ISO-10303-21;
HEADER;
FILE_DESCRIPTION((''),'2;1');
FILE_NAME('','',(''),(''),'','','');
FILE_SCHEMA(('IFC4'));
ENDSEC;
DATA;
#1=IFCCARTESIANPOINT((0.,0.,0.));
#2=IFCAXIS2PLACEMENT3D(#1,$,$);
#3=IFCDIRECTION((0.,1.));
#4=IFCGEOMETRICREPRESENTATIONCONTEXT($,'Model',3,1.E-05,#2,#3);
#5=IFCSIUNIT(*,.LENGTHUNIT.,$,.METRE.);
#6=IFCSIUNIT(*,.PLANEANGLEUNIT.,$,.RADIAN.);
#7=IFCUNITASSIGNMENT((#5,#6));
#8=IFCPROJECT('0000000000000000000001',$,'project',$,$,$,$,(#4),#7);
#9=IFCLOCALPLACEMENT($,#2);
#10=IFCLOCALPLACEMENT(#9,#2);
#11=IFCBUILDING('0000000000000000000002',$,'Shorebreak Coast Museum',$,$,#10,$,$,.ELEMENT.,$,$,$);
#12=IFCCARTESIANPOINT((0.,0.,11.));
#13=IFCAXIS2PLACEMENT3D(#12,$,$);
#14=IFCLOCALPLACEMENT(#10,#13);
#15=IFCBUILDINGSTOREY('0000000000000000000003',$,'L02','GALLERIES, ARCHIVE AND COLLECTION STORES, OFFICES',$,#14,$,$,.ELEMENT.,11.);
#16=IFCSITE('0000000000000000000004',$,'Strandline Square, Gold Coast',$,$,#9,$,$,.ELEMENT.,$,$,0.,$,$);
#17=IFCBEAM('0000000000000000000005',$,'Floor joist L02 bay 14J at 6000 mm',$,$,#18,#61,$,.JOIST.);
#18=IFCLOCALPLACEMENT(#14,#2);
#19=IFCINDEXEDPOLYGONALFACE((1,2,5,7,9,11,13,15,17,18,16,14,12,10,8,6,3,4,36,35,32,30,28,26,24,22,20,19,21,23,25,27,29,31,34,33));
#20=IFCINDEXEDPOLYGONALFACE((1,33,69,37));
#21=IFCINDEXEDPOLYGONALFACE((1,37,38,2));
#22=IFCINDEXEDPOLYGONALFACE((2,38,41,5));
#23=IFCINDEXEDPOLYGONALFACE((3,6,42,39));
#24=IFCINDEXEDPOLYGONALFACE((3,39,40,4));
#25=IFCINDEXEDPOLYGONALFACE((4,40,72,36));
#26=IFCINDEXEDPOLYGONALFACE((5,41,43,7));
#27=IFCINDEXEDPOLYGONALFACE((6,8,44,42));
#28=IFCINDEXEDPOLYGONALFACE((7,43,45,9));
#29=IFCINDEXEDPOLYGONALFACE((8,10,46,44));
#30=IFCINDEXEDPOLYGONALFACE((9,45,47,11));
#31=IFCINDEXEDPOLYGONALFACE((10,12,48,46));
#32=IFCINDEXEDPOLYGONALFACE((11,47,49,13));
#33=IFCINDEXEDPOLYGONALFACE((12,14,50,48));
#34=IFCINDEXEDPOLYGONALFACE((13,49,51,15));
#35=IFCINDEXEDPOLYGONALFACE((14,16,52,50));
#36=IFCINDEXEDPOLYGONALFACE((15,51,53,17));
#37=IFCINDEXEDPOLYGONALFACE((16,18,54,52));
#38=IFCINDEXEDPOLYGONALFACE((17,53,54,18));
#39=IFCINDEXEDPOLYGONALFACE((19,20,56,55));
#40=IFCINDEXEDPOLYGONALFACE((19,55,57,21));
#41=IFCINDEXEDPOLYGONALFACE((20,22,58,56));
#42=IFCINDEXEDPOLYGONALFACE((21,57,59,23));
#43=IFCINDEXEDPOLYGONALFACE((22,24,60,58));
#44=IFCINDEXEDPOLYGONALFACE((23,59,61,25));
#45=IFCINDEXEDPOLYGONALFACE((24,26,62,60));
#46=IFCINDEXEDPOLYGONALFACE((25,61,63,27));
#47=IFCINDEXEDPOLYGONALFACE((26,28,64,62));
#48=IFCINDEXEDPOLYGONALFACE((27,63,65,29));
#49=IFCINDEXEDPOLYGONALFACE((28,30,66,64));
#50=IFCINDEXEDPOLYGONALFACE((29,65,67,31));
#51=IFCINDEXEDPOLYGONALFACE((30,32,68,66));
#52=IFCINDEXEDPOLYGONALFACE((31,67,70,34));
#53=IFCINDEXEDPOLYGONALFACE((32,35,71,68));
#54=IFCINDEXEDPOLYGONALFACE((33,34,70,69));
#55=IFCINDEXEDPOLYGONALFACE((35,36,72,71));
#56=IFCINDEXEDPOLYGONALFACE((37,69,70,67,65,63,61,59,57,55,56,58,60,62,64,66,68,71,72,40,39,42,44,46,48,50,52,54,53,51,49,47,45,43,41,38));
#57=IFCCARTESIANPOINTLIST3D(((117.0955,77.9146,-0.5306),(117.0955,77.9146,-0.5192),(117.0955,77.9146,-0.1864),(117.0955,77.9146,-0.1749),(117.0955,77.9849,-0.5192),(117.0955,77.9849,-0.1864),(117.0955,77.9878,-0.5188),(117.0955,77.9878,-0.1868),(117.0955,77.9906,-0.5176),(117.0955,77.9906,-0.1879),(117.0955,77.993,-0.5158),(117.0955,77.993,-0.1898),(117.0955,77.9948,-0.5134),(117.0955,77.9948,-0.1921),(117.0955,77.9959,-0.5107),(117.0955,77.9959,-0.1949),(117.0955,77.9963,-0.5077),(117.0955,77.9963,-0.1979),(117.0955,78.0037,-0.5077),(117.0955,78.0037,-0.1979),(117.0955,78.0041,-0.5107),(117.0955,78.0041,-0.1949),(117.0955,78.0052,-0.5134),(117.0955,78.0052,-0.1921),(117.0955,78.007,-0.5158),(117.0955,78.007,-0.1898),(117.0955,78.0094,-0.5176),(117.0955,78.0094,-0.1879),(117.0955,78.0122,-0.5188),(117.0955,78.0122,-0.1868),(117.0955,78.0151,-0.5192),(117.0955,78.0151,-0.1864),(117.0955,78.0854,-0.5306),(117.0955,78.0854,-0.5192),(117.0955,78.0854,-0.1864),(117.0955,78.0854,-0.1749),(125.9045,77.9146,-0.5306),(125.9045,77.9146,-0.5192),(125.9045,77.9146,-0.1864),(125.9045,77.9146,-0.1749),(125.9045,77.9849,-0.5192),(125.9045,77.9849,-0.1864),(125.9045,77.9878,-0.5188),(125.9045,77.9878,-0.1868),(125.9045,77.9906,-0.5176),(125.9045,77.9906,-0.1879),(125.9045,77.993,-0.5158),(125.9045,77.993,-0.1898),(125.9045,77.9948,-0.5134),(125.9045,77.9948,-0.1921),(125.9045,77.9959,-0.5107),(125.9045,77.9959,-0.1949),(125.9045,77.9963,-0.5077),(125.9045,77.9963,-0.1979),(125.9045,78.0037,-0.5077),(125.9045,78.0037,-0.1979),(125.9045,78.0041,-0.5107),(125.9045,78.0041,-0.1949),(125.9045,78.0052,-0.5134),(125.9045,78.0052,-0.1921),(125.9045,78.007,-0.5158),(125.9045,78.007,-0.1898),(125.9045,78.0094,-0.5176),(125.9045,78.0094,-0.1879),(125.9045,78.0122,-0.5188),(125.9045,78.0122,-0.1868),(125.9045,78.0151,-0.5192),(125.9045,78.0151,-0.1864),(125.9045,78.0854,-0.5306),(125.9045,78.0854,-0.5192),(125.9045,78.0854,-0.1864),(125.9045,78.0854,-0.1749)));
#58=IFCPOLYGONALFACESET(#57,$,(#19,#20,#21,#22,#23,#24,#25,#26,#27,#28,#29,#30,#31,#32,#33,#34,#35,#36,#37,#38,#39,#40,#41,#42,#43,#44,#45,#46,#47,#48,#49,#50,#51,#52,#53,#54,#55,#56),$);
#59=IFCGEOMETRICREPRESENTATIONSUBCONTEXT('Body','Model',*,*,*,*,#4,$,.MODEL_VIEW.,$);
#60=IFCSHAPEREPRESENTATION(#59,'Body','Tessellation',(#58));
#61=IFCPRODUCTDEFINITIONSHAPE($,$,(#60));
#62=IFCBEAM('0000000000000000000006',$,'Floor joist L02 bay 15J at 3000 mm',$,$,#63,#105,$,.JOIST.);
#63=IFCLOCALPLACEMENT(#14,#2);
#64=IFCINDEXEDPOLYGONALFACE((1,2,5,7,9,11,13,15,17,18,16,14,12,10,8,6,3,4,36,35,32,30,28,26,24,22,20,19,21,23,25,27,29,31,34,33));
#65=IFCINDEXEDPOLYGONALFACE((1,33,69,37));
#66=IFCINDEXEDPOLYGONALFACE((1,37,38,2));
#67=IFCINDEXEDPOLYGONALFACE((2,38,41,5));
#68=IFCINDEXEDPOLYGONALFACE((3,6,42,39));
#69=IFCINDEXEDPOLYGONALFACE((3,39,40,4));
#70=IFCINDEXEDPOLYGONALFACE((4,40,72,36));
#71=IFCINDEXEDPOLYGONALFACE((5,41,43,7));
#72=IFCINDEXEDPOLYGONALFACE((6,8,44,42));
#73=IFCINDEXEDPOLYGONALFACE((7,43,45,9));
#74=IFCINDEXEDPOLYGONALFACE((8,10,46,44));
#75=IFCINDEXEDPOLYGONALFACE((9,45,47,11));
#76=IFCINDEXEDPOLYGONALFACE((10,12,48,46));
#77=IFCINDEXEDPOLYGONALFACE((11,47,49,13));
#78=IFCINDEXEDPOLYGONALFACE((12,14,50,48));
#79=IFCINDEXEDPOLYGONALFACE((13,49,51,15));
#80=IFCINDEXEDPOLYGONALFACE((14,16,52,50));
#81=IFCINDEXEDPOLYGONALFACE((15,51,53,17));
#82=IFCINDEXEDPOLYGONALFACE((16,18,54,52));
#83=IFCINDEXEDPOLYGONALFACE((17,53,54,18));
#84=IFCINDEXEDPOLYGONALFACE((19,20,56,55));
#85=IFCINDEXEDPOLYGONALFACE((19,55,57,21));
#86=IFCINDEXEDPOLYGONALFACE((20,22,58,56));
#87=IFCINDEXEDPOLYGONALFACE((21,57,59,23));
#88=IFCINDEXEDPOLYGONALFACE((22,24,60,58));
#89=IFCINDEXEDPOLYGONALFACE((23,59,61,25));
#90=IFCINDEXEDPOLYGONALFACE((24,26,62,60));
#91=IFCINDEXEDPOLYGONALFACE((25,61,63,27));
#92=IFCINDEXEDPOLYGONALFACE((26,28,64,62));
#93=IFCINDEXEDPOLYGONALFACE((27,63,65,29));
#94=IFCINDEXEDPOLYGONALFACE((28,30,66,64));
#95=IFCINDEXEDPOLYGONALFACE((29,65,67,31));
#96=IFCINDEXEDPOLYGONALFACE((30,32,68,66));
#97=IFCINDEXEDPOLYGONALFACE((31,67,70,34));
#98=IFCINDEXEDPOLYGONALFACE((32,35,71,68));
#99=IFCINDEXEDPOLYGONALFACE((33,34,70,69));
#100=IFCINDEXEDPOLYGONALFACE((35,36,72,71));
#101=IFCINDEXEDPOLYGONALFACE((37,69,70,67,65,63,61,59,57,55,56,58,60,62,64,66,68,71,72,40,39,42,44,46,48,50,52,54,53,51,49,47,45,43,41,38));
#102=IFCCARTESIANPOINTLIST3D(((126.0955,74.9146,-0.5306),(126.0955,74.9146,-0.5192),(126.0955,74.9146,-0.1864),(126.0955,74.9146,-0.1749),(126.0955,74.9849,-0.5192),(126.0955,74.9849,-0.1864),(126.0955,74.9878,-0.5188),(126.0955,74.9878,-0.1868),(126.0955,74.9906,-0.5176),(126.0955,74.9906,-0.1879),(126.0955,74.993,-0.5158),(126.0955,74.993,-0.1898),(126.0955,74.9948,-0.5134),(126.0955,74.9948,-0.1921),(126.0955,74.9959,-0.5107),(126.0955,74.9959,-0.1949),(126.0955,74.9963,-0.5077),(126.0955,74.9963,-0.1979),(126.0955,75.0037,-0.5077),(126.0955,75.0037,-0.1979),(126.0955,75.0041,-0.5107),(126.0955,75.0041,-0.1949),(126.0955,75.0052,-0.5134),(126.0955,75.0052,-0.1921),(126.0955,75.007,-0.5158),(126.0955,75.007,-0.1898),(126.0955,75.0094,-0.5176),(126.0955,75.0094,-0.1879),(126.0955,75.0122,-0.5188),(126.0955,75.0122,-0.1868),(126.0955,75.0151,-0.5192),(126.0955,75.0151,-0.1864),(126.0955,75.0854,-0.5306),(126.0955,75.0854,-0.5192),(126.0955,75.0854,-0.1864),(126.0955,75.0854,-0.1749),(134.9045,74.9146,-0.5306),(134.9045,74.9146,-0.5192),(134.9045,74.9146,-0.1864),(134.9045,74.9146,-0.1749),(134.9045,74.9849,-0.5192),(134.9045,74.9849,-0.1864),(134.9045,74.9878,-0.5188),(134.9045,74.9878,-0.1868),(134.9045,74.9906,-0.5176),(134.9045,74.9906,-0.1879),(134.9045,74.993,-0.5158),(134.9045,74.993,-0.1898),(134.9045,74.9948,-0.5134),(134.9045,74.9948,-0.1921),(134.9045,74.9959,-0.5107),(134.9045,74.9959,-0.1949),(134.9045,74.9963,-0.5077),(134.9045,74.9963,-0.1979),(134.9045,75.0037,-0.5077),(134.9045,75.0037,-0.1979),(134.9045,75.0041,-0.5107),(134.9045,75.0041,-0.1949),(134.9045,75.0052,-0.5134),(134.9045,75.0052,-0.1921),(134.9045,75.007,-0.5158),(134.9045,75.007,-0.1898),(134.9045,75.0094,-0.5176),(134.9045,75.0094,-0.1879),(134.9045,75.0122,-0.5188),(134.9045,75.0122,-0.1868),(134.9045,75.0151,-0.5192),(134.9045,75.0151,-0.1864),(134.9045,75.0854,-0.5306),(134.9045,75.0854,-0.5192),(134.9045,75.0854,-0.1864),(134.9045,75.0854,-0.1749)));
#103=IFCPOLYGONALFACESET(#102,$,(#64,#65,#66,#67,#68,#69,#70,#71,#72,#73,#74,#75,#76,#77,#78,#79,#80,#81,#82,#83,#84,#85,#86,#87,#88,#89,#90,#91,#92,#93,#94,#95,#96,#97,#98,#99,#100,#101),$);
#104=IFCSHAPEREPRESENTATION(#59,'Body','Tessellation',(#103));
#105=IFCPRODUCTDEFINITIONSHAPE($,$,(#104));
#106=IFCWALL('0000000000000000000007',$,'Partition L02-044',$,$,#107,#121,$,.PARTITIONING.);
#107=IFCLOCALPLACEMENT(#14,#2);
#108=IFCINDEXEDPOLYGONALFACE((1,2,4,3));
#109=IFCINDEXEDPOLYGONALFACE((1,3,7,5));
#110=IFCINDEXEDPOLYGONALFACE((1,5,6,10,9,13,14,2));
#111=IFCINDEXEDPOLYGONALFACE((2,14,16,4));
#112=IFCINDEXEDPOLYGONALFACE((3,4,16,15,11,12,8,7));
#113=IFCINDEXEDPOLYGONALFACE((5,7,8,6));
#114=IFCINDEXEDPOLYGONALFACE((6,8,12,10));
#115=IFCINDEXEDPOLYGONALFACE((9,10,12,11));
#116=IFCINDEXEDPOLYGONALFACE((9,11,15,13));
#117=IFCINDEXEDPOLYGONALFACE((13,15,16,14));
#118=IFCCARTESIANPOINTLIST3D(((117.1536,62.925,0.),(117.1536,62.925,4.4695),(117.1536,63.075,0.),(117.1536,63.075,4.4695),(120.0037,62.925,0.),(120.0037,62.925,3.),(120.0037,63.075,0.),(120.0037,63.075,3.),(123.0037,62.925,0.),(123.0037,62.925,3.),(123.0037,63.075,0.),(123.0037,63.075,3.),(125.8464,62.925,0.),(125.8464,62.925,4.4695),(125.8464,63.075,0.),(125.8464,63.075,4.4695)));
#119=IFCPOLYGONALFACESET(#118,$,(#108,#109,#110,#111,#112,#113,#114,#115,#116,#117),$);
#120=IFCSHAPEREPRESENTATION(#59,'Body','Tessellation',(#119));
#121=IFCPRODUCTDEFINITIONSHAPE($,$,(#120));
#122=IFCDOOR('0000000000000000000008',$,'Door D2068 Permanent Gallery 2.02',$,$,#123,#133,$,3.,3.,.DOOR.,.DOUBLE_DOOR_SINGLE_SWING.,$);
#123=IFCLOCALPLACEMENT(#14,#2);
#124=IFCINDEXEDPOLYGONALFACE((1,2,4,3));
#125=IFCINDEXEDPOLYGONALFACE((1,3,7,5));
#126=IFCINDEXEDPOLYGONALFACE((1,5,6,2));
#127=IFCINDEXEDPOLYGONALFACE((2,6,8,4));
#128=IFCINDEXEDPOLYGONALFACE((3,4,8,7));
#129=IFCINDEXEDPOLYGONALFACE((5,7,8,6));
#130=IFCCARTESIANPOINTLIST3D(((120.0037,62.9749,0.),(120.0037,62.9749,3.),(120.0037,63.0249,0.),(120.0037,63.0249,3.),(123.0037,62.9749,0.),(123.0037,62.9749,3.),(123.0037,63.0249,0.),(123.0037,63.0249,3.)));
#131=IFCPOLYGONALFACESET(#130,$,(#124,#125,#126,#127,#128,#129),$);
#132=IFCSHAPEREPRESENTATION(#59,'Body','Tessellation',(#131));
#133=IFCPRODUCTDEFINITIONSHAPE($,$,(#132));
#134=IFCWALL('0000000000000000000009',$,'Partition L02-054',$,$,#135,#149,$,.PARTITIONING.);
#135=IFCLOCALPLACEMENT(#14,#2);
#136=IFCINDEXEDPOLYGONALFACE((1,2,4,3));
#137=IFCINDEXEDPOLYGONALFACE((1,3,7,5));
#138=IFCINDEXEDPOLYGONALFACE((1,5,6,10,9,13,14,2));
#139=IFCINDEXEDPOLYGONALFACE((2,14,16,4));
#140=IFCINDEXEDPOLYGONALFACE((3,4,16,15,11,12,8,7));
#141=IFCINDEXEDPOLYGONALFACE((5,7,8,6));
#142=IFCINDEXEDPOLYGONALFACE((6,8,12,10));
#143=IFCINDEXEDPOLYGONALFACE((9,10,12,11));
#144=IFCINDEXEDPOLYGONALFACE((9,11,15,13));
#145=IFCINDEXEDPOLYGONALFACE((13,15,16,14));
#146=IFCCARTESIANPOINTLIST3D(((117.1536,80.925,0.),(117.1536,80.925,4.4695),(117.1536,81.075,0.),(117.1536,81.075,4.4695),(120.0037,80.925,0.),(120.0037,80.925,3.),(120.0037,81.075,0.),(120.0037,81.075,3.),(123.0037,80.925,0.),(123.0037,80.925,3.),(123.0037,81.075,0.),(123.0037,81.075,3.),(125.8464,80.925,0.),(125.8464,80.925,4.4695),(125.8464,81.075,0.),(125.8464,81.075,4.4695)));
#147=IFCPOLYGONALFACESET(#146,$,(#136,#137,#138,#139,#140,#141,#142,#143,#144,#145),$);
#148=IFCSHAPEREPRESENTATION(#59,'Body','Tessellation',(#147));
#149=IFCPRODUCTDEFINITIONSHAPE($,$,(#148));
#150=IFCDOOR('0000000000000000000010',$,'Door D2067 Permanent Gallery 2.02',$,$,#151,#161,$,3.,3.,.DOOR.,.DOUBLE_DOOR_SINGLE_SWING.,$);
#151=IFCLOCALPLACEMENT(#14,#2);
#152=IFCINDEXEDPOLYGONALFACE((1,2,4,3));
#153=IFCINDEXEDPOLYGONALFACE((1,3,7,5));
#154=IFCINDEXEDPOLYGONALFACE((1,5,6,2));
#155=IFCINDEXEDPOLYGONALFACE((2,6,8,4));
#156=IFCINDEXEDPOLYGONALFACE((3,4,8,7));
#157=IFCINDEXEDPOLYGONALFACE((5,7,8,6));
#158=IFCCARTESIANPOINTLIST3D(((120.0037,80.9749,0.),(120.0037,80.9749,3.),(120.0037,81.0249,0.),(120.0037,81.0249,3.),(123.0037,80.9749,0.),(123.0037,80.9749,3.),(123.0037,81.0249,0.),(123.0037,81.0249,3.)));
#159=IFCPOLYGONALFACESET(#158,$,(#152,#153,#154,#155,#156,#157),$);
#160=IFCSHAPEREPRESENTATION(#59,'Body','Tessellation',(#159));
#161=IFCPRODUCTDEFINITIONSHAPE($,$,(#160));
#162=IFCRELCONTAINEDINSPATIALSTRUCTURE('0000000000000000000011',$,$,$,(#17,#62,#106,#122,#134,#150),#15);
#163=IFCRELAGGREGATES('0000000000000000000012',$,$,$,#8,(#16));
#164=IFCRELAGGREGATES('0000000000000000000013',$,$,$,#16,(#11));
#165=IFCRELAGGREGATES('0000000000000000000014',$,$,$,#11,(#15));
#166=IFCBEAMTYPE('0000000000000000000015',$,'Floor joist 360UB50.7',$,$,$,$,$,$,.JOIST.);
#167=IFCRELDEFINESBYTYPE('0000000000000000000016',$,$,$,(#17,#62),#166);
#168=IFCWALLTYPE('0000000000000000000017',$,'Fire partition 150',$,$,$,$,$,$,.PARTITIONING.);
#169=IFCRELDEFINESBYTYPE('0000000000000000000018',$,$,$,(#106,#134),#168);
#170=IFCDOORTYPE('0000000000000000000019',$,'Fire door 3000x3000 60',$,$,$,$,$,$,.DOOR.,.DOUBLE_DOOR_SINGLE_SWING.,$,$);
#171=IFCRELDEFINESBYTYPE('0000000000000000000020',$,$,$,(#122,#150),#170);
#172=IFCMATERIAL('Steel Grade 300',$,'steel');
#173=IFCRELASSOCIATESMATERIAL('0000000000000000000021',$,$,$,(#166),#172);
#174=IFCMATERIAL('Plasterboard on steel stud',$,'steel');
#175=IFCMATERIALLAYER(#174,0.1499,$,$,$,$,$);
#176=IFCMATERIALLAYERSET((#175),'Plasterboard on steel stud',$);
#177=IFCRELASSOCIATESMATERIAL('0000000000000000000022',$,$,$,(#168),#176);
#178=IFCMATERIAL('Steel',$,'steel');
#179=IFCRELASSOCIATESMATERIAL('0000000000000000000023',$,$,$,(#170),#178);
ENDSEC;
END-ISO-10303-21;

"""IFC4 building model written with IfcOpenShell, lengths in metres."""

from ifc_helpers import new_model, si_unit, direction, frame, frame_2d, origin, origin_2d, place, context, subcontext, project, spatial, rectangle, i_section, extrude, material, layer, layer_set, material_profile, profile_set, type_object, element, fill, save


model = new_model("IFC4")

# Units and contexts
model_context = context("Model", 3, precision=1e-05, world=origin(), true_north=direction((0.0, 1.0)))
body_context = subcontext(model_context, "Body", "Model", "MODEL_VIEW")
ifc_project = project(units=[si_unit("LENGTHUNIT", "METRE"), si_unit("PLANEANGLEUNIT", "RADIAN")], contexts=[model_context])

# Site, building, storey
site_placement = place(None, origin())
site = spatial("IfcSite", under=ifc_project, at=site_placement, Name="Strandline Square, Gold Coast", CompositionType="ELEMENT", RefElevation=0.0)
building_placement = place(site_placement, origin())
building = spatial("IfcBuilding", under=site, at=building_placement, Name="Shorebreak Coast Museum", CompositionType="ELEMENT")
storey_placement = place(building_placement, frame((0.0, 0.0, 11.0)))
storey = spatial("IfcBuildingStorey", under=building, at=storey_placement, Name="L02", Description="GALLERIES, ARCHIVE AND COLLECTION STORES, OFFICES", CompositionType="ELEMENT", Elevation=11.0)

# Beams
ifc_material_1 = material(Name="Steel Grade 300", Category="steel")
ifc_material_profile_1 = material_profile(ifc_material_1, i_section(OverallWidth=0.1709, OverallDepth=0.3557, WebThickness=0.0073, FlangeThickness=0.0115, FilletRadius=0.0115, at=origin_2d()), Name="360UB50.7")
ifc_profile_set_1 = profile_set([ifc_material_profile_1], Name="Steel Grade 300")
beam_type_1 = type_object("IfcBeamType", Name="Floor joist 360UB50.7", PredefinedType="JOIST", material=ifc_profile_set_1)
for number, where, z_axis, x_axis, name in (
    (1, (117.0955, 78.0, -0.3528), (1.0, 0.0, 0.0), (0.0, 1.0, 0.0), "Floor joist L02 bay 14J at 6000 mm"),
    (2, (126.0955, 75.0, -0.3528), (1.0, 0.0, 0.0), (0.0, 1.0, 0.0), "Floor joist L02 bay 15J at 3000 mm"),
):
    element("IfcBeam", number, at=place(storey_placement, frame(where, z_axis=z_axis, x_axis=x_axis)), inside=storey, type_object=beam_type_1, Name=name, PredefinedType="JOIST", context=body_context, shape_type="SweptSolid", body=[
        extrude(i_section(OverallWidth=0.1709, OverallDepth=0.3557, WebThickness=0.0073, FlangeThickness=0.0115, FilletRadius=0.0115, at=origin_2d()), origin(), (0.0, 0.0, 1.0), 8.8091),
    ])

# Walls, openings, doors
ifc_material_2 = material(Name="Plasterboard on steel stud", Category="steel")
ifc_layer = layer(ifc_material_2, 0.1499)
ifc_layer_set = layer_set([ifc_layer], Name="Plasterboard on steel stud")
wall_type = type_object("IfcWallType", Name="Fire partition 150", PredefinedType="PARTITIONING", material=ifc_layer_set)
wall_1_placement = place(storey_placement, frame((117.1536, 63.0, 0.0), z_axis=(0.0, 0.0, 1.0), x_axis=(1.0, 0.0, 0.0)))
wall_1 = element("IfcWall", 3, at=wall_1_placement, inside=storey, type_object=wall_type, Name="Partition L02-044", PredefinedType="PARTITIONING", context=body_context, shape_type="SweptSolid", body=[
    extrude(rectangle(XDim=8.6929, YDim=0.1499, at=frame_2d((4.3464, 0.0))), origin(), (0.0, 0.0, 1.0), 4.4695),
])
opening_1_placement = place(wall_1_placement, frame((2.8501, 0.0, 0.0)))
opening_1 = element("IfcOpeningElement", 4, at=opening_1_placement, cuts=wall_1, PredefinedType="OPENING", context=body_context, shape_type="SweptSolid", body=[
    extrude(rectangle(XDim=3.0, YDim=3.0, at=frame_2d((1.5, 1.5))), frame((0.0, 0.085, 0.0), z_axis=(0.0, -1.0, 0.0), x_axis=(1.0, 0.0, 0.0)), (0.0, 0.0, 1.0), 0.1699),
])
ifc_material_3 = material(Name="Steel", Category="steel")
door_type = type_object("IfcDoorType", Name="Fire door 3000x3000 60", OperationType="DOUBLE_DOOR_SINGLE_SWING", PredefinedType="DOOR", material=ifc_material_3)
door_1_placement = place(opening_1_placement, origin())
door_1 = element("IfcDoor", 5, at=door_1_placement, inside=storey, type_object=door_type, Name="Door D2068 Permanent Gallery 2.02", OperationType="DOUBLE_DOOR_SINGLE_SWING", OverallHeight=3.0, OverallWidth=3.0, PredefinedType="DOOR", context=body_context, shape_type="SweptSolid", body=[
    extrude(rectangle(XDim=3.0, YDim=3.0, at=frame_2d((1.5, 1.5))), frame((0.0, 0.0249, 0.0), z_axis=(0.0, -1.0, 0.0), x_axis=(1.0, 0.0, 0.0)), (0.0, 0.0, 1.0), 0.05),
])
fill(opening_1, door_1)
wall_2_placement = place(storey_placement, frame((117.1536, 81.0, 0.0), z_axis=(0.0, 0.0, 1.0), x_axis=(1.0, 0.0, 0.0)))
wall_2 = element("IfcWall", 6, at=wall_2_placement, inside=storey, type_object=wall_type, Name="Partition L02-054", PredefinedType="PARTITIONING", context=body_context, shape_type="SweptSolid", body=[
    extrude(rectangle(XDim=8.6929, YDim=0.1499, at=frame_2d((4.3464, 0.0))), origin(), (0.0, 0.0, 1.0), 4.4695),
])
opening_2_placement = place(wall_2_placement, frame((2.8501, 0.0, 0.0)))
opening_2 = element("IfcOpeningElement", 7, at=opening_2_placement, cuts=wall_2, PredefinedType="OPENING", context=body_context, shape_type="SweptSolid", body=[
    extrude(rectangle(XDim=3.0, YDim=3.0, at=frame_2d((1.5, 1.5))), frame((0.0, 0.085, 0.0), z_axis=(0.0, -1.0, 0.0), x_axis=(1.0, 0.0, 0.0)), (0.0, 0.0, 1.0), 0.1699),
])
door_2_placement = place(opening_2_placement, origin())
door_2 = element("IfcDoor", 8, at=door_2_placement, inside=storey, type_object=door_type, Name="Door D2067 Permanent Gallery 2.02", OperationType="DOUBLE_DOOR_SINGLE_SWING", OverallHeight=3.0, OverallWidth=3.0, PredefinedType="DOOR", context=body_context, shape_type="SweptSolid", body=[
    extrude(rectangle(XDim=3.0, YDim=3.0, at=frame_2d((1.5, 1.5))), frame((0.0, 0.0249, 0.0), z_axis=(0.0, -1.0, 0.0), x_axis=(1.0, 0.0, 0.0)), (0.0, 0.0, 1.0), 0.05),
])
fill(opening_2, door_2)

save(model, "model.ifc")
